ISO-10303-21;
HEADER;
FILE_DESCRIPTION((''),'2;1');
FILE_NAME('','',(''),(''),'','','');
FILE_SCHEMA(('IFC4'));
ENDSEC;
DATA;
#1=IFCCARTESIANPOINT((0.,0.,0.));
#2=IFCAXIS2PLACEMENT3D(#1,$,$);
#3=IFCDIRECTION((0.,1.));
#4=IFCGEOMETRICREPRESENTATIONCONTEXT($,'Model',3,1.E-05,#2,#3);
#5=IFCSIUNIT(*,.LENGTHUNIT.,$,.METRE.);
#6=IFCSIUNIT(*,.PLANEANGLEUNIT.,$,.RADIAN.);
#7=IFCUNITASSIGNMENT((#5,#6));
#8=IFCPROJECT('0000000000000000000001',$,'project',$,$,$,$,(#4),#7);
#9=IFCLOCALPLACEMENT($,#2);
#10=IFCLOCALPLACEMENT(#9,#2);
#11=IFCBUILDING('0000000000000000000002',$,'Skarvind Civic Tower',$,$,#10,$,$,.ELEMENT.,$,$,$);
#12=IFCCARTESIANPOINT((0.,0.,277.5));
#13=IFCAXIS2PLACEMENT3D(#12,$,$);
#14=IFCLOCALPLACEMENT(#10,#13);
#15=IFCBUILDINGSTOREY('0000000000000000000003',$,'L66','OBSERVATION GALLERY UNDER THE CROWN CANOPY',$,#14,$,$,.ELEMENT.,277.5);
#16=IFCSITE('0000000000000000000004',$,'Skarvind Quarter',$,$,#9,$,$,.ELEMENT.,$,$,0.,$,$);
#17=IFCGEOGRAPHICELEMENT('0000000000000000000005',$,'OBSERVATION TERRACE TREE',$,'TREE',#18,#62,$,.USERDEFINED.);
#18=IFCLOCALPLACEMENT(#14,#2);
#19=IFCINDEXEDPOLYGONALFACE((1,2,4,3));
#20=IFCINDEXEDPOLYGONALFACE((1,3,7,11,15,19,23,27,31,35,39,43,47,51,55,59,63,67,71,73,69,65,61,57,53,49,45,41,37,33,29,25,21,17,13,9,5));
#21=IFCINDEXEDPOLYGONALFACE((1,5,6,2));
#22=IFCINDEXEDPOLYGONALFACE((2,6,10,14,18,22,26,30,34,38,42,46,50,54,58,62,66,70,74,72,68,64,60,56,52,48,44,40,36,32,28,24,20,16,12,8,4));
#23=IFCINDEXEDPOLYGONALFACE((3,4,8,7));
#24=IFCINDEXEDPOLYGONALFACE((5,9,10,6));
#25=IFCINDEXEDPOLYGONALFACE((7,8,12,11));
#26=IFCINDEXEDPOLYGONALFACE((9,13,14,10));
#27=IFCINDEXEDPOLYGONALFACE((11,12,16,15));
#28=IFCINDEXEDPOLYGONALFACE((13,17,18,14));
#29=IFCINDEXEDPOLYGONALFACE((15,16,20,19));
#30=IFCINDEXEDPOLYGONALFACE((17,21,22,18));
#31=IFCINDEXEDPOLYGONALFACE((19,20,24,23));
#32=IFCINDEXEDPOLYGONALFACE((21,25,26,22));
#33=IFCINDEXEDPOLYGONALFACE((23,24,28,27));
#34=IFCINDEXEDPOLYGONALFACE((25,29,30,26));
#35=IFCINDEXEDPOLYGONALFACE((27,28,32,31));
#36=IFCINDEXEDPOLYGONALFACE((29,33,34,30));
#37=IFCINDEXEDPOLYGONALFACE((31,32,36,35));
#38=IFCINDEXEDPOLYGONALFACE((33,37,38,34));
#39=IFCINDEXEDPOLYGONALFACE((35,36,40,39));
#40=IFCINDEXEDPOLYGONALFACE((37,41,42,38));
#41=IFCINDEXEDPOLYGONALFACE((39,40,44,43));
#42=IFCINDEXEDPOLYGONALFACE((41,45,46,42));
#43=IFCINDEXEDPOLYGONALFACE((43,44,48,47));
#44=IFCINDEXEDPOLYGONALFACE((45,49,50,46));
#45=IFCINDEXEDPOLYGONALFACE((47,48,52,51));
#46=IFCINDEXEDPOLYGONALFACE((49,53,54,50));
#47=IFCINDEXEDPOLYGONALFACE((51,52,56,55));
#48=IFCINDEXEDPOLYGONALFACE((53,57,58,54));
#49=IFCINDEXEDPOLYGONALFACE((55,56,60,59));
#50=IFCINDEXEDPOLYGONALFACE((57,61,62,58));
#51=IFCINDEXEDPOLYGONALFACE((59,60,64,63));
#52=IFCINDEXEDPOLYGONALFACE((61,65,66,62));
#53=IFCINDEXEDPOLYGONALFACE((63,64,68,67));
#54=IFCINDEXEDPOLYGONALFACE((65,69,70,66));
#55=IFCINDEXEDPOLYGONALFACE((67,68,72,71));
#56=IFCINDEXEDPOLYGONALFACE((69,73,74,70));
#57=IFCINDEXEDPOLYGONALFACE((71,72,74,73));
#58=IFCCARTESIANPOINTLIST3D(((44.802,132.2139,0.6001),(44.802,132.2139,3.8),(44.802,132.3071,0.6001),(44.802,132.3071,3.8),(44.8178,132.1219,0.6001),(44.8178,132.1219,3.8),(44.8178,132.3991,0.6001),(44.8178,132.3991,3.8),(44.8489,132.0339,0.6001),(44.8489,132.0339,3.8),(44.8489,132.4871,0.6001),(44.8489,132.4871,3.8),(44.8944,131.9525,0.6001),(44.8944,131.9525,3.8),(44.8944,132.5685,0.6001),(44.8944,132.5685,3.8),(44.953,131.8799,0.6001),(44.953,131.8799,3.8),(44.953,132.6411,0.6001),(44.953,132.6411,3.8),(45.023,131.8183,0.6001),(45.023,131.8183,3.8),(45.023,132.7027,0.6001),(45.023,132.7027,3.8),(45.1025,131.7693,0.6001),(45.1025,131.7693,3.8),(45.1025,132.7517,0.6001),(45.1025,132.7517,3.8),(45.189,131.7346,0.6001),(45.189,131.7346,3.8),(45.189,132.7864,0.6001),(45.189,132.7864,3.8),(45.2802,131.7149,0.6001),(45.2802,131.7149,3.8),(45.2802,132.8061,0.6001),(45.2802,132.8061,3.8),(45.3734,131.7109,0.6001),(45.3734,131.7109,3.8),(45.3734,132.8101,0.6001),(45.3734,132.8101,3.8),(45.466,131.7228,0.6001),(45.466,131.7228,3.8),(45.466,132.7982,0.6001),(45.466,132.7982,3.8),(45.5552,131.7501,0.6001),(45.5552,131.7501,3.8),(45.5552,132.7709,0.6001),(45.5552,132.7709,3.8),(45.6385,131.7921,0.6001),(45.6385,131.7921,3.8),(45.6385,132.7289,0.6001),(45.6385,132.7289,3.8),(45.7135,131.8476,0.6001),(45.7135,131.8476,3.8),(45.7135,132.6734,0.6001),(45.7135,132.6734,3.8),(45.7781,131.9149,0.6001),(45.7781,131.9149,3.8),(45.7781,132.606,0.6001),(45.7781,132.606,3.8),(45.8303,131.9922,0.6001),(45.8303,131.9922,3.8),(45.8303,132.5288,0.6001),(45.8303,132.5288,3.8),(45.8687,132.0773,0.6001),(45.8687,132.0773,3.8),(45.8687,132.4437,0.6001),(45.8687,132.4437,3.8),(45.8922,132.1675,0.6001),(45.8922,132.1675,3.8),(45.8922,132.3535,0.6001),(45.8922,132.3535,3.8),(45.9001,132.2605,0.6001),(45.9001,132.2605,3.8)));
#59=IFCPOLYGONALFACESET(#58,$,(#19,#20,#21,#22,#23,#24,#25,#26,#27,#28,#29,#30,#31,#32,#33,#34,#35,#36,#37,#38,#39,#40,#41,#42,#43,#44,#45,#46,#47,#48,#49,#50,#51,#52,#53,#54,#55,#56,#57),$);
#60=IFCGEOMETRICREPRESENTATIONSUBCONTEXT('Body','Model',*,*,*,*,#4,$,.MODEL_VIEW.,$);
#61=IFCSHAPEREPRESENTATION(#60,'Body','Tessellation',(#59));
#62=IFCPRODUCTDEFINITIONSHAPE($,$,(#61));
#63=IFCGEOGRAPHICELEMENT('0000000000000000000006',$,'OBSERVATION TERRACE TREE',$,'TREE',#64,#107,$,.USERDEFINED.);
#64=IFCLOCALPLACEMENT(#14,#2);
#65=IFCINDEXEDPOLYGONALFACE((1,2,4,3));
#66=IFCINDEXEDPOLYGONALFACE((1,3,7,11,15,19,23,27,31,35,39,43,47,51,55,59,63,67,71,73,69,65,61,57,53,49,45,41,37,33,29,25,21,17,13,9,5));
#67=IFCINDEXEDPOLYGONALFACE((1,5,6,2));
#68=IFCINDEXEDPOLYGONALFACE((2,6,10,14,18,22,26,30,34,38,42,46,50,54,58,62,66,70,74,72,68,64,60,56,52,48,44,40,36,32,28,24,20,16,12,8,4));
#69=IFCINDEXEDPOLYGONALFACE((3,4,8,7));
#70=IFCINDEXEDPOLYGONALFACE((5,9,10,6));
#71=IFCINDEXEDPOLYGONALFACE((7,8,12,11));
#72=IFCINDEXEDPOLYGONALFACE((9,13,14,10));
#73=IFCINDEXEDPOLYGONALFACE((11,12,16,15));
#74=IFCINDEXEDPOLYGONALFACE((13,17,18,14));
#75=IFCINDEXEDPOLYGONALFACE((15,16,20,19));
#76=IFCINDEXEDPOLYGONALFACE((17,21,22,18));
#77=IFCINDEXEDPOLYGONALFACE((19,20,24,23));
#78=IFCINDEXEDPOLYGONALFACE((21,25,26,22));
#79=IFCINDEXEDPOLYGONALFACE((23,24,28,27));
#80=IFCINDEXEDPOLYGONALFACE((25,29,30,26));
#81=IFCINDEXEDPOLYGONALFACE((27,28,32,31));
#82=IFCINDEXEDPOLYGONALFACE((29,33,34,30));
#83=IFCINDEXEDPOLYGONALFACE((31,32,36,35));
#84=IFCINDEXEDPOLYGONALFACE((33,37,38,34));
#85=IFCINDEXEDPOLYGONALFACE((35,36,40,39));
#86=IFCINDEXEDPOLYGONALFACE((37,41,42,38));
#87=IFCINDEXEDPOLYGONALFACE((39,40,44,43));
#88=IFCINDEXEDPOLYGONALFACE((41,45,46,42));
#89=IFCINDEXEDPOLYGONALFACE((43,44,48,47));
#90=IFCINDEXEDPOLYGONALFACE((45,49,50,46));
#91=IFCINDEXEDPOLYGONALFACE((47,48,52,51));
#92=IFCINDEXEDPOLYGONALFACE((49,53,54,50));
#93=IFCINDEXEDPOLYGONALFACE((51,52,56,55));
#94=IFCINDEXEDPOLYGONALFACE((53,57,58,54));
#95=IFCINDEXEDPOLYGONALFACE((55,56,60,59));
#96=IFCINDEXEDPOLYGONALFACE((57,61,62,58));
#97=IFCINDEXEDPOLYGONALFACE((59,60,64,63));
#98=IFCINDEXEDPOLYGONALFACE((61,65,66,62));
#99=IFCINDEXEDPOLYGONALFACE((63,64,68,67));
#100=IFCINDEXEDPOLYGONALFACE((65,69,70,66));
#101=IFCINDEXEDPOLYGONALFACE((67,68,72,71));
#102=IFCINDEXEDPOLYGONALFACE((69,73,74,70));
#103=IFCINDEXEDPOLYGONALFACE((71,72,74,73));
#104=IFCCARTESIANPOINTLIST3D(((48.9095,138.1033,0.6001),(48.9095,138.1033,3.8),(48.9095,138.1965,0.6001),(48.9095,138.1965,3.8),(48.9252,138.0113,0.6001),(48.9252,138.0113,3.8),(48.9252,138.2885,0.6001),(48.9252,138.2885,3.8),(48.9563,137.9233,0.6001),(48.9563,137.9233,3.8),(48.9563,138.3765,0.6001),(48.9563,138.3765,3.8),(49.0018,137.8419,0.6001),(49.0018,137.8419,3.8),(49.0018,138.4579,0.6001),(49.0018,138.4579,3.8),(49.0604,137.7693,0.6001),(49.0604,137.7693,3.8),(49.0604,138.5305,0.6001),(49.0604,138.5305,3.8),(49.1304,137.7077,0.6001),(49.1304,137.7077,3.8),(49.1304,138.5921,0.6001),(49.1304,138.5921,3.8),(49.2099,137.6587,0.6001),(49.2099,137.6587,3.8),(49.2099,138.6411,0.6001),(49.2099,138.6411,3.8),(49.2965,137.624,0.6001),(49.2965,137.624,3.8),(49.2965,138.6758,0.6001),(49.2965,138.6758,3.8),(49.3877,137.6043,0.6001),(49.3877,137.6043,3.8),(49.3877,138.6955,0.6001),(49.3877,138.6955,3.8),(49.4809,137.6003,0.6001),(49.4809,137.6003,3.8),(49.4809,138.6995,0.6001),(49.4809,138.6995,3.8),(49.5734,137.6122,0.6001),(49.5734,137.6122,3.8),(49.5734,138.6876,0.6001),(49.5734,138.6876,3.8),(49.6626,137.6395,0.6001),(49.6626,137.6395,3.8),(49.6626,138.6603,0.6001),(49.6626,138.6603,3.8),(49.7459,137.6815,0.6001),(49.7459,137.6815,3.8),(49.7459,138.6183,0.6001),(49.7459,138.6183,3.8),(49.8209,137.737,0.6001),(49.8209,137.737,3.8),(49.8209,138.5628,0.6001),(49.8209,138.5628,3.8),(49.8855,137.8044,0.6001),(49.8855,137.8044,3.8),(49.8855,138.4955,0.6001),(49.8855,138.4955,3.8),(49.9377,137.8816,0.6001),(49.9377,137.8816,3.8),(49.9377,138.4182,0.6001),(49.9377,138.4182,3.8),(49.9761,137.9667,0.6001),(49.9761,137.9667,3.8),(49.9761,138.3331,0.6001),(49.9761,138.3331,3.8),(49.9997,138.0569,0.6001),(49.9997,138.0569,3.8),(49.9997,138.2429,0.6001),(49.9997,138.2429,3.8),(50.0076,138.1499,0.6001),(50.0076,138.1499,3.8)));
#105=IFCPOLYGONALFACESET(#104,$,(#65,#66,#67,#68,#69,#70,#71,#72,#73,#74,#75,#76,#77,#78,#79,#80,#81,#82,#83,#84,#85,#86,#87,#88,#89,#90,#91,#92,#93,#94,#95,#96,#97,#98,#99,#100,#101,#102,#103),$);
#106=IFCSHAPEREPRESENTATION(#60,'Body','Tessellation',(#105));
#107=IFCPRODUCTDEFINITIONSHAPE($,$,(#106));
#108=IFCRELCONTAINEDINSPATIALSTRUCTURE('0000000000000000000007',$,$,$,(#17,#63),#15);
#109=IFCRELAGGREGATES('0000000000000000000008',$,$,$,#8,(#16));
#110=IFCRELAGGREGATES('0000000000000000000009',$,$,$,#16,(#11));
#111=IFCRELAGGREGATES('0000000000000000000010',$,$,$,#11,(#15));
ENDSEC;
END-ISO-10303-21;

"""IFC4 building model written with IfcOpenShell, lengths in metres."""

from ifc_helpers import new_model, si_unit, direction, frame, origin, origin_2d, place, context, subcontext, project, spatial, circle, extrude, element, save


model = new_model("IFC4")

# Units and contexts
model_context = context("Model", 3, precision=1e-05, world=origin(), true_north=direction((0.0, 1.0)))
body_context = subcontext(model_context, "Body", "Model", "MODEL_VIEW")
ifc_project = project(units=[si_unit("LENGTHUNIT", "METRE"), si_unit("PLANEANGLEUNIT", "RADIAN")], contexts=[model_context])

# Site, building, storey
site_placement = place(None, origin())
site = spatial("IfcSite", under=ifc_project, at=site_placement, Name="Skarvind Quarter", CompositionType="ELEMENT", RefElevation=0.0)
building_placement = place(site_placement, origin())
building = spatial("IfcBuilding", under=site, at=building_placement, Name="Skarvind Civic Tower", CompositionType="ELEMENT")
storey_placement = place(building_placement, frame((0.0, 0.0, 277.5)))
storey = spatial("IfcBuildingStorey", under=building, at=storey_placement, Name="L66", Description="OBSERVATION GALLERY UNDER THE CROWN CANOPY", CompositionType="ELEMENT", Elevation=277.5)

# Geographic elements
for number, where, z_axis, x_axis, name in (
    (1, (45.3501, 132.2605, 0.6001), (0.0, 0.0, 1.0), (1.0, 0.0, 0.0), "OBSERVATION TERRACE TREE"),
    (2, (49.4575, 138.1499, 0.6001), (0.0, 0.0, 1.0), (1.0, 0.0, 0.0), "OBSERVATION TERRACE TREE"),
):
    element("IfcGeographicElement", number, at=place(storey_placement, frame(where, z_axis=z_axis, x_axis=x_axis)), inside=storey, Name=name, ObjectType="TREE", PredefinedType="USERDEFINED", context=body_context, shape_type="SweptSolid", body=[
        extrude(circle(Radius=0.55, at=origin_2d()), origin(), (0.0, 0.0, 1.0), 3.2),
    ])

save(model, "model.ifc")
